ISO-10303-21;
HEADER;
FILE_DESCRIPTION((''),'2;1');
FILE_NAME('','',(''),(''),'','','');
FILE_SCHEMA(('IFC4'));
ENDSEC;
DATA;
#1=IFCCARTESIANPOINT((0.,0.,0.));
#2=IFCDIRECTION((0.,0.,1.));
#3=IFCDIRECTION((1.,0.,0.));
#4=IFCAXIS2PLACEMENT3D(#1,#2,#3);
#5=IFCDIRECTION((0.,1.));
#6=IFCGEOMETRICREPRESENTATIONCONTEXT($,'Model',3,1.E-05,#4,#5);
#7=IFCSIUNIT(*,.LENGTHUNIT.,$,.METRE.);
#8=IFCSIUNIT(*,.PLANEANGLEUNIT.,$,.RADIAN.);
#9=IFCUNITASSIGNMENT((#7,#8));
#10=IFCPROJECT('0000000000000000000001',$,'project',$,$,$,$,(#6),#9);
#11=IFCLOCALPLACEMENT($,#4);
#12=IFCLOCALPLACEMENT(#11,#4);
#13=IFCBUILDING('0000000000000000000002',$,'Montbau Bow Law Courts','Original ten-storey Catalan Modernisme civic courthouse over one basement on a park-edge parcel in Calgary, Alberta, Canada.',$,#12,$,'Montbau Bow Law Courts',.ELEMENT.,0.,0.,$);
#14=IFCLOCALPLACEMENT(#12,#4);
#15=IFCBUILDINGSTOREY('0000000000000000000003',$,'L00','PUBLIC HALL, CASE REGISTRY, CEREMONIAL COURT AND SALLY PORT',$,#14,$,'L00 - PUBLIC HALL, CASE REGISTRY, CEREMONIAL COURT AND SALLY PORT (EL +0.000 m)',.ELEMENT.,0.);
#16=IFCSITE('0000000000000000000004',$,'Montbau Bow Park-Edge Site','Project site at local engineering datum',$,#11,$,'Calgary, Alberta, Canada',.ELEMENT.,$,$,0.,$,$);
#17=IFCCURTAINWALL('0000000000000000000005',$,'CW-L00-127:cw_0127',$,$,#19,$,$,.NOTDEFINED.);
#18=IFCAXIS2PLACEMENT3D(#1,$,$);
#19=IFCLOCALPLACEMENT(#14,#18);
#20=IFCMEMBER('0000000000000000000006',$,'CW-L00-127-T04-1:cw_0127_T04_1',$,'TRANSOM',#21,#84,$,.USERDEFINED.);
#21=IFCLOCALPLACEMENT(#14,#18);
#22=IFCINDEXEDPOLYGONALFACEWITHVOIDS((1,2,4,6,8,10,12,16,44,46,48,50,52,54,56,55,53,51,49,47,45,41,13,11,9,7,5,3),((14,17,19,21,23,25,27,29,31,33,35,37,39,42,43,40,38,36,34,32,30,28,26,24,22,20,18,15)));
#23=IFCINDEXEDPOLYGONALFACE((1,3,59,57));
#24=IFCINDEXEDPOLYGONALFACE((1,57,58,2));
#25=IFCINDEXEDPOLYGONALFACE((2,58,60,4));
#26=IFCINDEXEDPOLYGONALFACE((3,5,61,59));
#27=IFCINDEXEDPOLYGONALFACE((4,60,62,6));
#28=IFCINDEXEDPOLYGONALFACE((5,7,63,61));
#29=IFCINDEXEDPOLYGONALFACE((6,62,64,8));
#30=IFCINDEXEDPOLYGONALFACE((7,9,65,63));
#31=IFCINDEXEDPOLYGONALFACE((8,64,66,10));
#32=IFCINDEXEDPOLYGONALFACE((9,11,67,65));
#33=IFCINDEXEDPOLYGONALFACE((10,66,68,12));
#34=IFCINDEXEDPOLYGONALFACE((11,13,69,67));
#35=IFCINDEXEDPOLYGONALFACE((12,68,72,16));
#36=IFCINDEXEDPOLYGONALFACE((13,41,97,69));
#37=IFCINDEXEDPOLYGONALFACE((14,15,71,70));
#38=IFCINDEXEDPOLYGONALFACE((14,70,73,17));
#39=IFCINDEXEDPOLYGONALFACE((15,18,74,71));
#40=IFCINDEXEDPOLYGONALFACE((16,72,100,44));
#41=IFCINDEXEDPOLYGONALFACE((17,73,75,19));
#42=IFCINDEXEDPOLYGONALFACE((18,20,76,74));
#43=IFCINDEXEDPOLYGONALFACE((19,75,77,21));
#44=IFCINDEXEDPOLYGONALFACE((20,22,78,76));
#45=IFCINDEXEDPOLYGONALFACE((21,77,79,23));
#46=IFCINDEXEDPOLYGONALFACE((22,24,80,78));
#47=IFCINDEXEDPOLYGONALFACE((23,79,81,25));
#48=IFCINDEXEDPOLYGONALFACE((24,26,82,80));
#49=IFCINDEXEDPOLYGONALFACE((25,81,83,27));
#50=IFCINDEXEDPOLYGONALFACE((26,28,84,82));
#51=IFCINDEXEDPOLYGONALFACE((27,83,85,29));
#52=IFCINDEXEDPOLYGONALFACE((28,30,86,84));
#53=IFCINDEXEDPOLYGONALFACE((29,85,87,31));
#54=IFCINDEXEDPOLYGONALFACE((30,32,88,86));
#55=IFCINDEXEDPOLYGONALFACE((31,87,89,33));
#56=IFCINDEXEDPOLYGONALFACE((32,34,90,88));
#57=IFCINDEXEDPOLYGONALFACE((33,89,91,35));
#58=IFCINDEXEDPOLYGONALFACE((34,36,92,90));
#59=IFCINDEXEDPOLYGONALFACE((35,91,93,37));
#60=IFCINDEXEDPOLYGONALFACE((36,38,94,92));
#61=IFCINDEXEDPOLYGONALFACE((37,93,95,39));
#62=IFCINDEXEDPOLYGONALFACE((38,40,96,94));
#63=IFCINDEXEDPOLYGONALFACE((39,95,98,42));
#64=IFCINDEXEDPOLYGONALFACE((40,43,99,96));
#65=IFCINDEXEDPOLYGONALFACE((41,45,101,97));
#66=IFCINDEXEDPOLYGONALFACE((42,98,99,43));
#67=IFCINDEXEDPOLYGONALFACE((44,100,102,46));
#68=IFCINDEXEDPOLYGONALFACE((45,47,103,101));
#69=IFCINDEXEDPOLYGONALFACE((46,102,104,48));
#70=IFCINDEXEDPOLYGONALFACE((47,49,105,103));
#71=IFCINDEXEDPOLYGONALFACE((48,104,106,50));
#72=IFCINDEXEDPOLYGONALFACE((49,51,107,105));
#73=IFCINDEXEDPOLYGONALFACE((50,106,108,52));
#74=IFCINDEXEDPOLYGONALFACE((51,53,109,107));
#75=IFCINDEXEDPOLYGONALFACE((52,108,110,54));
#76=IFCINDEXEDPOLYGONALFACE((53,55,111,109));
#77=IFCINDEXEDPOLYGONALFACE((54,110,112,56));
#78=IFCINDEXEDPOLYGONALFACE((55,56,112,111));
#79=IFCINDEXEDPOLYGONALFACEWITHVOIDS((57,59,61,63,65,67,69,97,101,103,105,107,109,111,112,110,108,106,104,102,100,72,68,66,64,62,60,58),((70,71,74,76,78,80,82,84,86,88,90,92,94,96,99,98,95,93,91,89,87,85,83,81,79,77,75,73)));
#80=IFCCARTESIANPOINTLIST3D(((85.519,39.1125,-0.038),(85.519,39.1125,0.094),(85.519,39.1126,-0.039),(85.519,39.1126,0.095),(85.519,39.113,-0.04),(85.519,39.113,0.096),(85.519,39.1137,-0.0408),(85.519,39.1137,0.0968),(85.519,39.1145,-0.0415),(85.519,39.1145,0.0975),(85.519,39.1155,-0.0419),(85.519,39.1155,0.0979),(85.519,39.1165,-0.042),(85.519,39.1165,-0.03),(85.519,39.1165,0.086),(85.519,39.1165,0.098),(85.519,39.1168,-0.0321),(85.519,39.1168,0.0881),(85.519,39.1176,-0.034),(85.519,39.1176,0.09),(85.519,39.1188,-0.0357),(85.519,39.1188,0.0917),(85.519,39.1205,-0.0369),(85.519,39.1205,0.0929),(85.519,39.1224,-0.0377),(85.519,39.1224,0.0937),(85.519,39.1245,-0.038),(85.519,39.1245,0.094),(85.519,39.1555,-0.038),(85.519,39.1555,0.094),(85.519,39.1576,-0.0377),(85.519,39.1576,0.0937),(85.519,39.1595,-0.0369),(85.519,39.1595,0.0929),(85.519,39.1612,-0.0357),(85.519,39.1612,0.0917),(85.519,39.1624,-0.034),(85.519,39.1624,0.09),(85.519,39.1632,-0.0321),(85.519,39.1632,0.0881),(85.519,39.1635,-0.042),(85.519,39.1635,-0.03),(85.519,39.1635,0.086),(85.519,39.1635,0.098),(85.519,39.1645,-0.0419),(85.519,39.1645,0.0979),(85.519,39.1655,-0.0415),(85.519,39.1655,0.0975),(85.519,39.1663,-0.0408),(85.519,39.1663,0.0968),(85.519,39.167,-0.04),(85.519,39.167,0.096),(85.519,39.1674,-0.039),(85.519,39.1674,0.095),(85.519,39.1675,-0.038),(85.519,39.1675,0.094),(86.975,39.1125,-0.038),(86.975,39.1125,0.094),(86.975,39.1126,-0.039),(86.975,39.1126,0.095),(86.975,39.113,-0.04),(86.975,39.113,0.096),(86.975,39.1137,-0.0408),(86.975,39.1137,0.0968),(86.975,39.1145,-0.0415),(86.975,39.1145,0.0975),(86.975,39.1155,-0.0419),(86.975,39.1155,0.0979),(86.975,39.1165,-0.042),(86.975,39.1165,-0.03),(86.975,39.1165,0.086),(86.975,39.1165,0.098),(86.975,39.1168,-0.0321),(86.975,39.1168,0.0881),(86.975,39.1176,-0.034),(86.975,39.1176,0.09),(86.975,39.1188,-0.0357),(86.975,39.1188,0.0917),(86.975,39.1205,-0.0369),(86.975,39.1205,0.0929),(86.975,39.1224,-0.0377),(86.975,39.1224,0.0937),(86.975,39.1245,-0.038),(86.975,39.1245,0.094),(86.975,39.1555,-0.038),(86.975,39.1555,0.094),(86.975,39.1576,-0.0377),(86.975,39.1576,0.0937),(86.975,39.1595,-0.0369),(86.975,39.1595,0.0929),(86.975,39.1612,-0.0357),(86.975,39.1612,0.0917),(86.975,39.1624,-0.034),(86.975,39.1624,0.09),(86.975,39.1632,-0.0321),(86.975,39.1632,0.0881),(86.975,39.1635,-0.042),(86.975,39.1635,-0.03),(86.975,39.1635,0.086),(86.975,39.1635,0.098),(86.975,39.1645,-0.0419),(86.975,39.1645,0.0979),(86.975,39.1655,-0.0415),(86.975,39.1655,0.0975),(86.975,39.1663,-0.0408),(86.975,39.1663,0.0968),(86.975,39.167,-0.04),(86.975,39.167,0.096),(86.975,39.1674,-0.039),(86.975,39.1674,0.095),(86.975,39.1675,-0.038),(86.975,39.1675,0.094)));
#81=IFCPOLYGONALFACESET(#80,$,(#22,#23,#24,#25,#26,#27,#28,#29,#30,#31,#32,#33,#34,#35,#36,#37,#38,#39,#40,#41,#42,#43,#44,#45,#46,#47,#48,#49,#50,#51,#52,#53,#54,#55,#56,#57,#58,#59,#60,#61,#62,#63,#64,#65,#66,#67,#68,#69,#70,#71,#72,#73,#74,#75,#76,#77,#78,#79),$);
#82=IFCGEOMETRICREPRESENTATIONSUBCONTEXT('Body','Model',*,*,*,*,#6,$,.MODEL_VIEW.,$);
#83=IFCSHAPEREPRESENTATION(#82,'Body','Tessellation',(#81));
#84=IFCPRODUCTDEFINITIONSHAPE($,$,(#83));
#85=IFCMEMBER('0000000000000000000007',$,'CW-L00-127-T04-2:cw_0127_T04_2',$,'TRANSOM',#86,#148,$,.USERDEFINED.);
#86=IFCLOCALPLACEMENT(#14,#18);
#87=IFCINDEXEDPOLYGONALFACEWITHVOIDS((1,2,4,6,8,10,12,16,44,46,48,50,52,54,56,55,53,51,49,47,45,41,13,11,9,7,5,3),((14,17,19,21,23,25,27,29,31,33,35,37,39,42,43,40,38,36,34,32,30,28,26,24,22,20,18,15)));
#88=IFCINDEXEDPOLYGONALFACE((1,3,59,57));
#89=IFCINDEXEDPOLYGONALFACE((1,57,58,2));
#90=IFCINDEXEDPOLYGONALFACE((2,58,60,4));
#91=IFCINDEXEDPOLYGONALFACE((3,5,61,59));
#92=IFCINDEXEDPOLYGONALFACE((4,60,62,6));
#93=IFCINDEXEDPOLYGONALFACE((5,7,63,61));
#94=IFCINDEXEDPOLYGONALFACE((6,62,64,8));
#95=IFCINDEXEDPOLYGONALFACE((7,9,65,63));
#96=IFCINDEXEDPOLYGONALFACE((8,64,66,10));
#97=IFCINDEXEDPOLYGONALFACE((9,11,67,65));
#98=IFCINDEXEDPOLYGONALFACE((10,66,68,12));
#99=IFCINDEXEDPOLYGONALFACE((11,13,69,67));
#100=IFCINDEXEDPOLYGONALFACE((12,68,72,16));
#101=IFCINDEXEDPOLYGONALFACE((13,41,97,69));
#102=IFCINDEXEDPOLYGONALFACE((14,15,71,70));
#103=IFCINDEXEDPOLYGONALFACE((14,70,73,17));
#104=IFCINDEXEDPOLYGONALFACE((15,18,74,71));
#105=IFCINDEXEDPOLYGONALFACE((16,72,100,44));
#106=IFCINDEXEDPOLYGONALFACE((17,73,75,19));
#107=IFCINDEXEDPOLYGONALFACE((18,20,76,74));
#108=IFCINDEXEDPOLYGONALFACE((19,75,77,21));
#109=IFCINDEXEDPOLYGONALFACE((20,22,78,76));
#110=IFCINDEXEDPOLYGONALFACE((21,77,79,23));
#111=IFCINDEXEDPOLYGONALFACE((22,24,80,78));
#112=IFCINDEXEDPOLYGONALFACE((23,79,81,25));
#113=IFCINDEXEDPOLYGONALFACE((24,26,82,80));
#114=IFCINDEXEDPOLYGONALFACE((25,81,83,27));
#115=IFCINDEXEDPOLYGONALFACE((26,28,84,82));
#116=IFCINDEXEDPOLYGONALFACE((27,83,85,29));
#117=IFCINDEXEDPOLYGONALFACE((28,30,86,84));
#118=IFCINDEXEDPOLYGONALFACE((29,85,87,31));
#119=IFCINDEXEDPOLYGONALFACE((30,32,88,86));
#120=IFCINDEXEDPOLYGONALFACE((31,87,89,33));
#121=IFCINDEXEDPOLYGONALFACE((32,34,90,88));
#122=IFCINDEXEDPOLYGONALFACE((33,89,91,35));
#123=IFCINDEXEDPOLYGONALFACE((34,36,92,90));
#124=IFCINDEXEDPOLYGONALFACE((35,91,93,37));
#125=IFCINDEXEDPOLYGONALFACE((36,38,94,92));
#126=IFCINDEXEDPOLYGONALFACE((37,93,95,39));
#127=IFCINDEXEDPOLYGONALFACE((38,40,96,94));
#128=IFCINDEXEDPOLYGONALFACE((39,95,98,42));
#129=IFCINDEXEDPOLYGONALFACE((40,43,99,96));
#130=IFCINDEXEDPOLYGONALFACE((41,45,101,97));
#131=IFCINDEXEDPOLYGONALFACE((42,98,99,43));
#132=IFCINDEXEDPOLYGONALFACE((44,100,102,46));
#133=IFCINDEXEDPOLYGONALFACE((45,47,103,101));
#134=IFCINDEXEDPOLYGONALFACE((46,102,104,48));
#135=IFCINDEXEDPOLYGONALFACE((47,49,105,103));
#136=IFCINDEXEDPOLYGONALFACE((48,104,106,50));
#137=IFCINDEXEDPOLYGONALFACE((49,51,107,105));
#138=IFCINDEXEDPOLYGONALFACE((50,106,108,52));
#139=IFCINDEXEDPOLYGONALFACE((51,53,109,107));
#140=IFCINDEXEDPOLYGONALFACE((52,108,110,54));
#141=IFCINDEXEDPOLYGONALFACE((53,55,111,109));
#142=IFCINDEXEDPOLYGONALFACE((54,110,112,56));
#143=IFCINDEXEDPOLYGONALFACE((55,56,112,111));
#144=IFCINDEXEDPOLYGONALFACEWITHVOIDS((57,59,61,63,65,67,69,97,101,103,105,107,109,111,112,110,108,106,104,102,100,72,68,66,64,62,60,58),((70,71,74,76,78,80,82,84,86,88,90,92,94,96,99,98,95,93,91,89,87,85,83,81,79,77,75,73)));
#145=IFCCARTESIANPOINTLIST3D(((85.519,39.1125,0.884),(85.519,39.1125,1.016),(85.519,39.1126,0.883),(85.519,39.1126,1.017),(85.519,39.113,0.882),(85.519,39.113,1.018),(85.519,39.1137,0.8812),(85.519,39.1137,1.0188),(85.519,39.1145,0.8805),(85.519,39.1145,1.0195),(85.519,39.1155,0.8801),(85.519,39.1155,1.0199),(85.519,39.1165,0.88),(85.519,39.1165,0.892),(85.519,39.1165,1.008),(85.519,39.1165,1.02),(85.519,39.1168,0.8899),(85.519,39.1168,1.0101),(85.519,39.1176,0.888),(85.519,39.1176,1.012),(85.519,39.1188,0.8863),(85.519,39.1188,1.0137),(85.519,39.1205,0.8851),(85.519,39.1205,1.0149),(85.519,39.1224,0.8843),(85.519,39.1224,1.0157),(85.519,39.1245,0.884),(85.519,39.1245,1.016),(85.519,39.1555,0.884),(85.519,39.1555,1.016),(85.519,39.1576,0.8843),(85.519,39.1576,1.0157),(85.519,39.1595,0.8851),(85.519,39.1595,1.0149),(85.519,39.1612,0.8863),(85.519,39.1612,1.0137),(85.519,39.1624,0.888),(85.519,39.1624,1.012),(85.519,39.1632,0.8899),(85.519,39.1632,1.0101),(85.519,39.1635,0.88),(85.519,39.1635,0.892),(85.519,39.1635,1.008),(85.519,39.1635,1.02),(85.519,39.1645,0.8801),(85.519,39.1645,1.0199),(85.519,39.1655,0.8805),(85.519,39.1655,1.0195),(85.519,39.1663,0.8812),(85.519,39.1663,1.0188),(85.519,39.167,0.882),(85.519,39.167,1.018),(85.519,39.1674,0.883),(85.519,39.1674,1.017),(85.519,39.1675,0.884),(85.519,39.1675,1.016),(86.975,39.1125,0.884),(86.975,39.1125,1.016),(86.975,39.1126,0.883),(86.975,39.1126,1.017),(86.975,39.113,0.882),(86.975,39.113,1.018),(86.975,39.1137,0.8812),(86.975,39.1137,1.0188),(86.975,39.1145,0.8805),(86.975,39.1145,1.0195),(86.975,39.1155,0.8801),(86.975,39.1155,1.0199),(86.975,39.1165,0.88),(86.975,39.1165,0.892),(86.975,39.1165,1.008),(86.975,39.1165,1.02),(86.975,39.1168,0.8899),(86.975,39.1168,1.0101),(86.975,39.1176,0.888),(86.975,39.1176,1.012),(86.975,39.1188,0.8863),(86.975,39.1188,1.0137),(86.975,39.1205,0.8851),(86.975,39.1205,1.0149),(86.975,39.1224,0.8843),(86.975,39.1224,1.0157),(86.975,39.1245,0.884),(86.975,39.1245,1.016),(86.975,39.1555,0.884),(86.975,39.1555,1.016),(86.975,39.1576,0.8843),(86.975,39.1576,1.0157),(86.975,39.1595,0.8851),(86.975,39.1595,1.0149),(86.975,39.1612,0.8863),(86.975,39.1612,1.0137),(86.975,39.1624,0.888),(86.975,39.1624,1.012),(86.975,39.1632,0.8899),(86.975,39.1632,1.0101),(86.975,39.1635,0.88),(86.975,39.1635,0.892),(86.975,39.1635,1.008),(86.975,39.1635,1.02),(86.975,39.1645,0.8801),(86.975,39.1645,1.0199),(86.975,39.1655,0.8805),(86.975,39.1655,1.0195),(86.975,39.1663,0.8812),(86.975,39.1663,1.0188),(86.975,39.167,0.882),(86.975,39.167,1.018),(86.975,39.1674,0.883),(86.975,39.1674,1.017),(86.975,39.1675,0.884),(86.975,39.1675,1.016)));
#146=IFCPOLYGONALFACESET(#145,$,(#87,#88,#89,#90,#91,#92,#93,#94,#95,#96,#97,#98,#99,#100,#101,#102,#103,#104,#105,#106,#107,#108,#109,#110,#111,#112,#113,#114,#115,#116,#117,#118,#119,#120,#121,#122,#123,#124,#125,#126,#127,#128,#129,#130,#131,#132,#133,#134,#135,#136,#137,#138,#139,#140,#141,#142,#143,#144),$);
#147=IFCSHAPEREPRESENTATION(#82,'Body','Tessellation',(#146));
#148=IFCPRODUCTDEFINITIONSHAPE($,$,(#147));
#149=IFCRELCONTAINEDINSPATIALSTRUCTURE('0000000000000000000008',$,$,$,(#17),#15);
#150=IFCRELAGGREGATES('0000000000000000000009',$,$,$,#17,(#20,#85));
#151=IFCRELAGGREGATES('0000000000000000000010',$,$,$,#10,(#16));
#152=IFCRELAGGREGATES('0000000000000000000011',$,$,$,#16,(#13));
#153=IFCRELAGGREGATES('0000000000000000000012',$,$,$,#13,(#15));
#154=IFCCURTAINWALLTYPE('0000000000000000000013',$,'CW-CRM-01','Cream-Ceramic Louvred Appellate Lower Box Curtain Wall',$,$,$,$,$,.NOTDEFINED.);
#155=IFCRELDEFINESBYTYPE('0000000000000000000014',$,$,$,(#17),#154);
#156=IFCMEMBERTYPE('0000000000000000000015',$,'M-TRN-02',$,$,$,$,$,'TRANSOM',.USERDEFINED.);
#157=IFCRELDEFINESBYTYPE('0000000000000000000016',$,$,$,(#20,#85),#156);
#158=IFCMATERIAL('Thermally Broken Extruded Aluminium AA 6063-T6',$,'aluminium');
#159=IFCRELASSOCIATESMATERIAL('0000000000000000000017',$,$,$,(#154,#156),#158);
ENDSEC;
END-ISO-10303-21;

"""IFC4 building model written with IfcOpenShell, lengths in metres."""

from ifc_helpers import new_model, si_unit, direction, frame, origin_with_axes, origin_2d_with_axis, place, context, subcontext, project, spatial, hollow_rectangle, extrude, material, material_profile, profile_set, type_object, element, aggregate, save


model = new_model("IFC4")

# Units and contexts
model_context = context("Model", 3, precision=1e-05, world=origin_with_axes(), true_north=direction((0.0, 1.0)))
body_context = subcontext(model_context, "Body", "Model", "MODEL_VIEW")
ifc_project = project(units=[si_unit("LENGTHUNIT", "METRE"), si_unit("PLANEANGLEUNIT", "RADIAN")], contexts=[model_context])

# Site, building, storey
site_placement = place(None, origin_with_axes())
site = spatial("IfcSite", under=ifc_project, at=site_placement, Name="Montbau Bow Park-Edge Site", Description="Project site at local engineering datum", LongName="Calgary, Alberta, Canada", CompositionType="ELEMENT", RefElevation=0.0)
building_placement = place(site_placement, origin_with_axes())
building = spatial("IfcBuilding", under=site, at=building_placement, Name="Montbau Bow Law Courts", Description="Original ten-storey Catalan Modernisme civic courthouse over one basement on a park-edge parcel in Calgary, Alberta, Canada.", LongName="Montbau Bow Law Courts", CompositionType="ELEMENT", ElevationOfRefHeight=0.0, ElevationOfTerrain=0.0)
storey_placement = place(building_placement, origin_with_axes())
storey = spatial("IfcBuildingStorey", under=building, at=storey_placement, Name="L00", Description="PUBLIC HALL, CASE REGISTRY, CEREMONIAL COURT AND SALLY PORT", LongName="L00 - PUBLIC HALL, CASE REGISTRY, CEREMONIAL COURT AND SALLY PORT (EL +0.000 m)", CompositionType="ELEMENT", Elevation=0.0)

# Curtain wall
ifc_material_1 = material(Name="Thermally Broken Extruded Aluminium AA 6063-T6", Category="aluminium")
curtain_wall_type = type_object("IfcCurtainWallType", Name="CW-CRM-01", Description="Cream-Ceramic Louvred Appellate Lower Box Curtain Wall", PredefinedType="NOTDEFINED", material=ifc_material_1)
curtain_wall_1_placement = place(None, frame((80.915, 39.14, 0.0), z_axis=(0.0, 0.0, 1.0), x_axis=(1.0, 0.0, 0.0)))
curtain_wall_1 = element("IfcCurtainWall", 1, at=curtain_wall_1_placement, inside=storey, type_object=curtain_wall_type, Name="CW-L00-127:cw_0127", PredefinedType="NOTDEFINED")

# Members
ifc_material_profile_1 = material_profile(ifc_material_1, hollow_rectangle(XDim=0.055, YDim=0.14, WallThickness=0.004, InnerFilletRadius=0.008, OuterFilletRadius=0.004, at=origin_2d_with_axis()), Name="CWT-140X55", Category="Main", Priority=0)
ifc_profile_set_1 = profile_set([ifc_material_profile_1], Name="Thermally Broken Extruded Aluminium AA 6063-T6")
member_type_1 = type_object("IfcMemberType", Name="M-TRN-02", ElementType="TRANSOM", PredefinedType="USERDEFINED", material=ifc_profile_set_1)
member_1_placement = place(None, frame((85.519, 39.14, 0.028), z_axis=(1.0, 0.0, 0.0), x_axis=(0.0, 1.0, 0.0)))
member_1 = element("IfcMember", 2, at=member_1_placement, type_object=member_type_1, Name="CW-L00-127-T04-1:cw_0127_T04_1", ObjectType="TRANSOM", PredefinedType="USERDEFINED", context=body_context, shape_type="SweptSolid", body=[
    extrude(hollow_rectangle(XDim=0.055, YDim=0.14, WallThickness=0.004, InnerFilletRadius=0.008, OuterFilletRadius=0.004, at=origin_2d_with_axis()), origin_with_axes(), (0.0, 0.0, 1.0), 1.456),
])
member_2_placement = place(None, frame((85.519, 39.14, 0.95), z_axis=(1.0, 0.0, 0.0), x_axis=(0.0, 1.0, 0.0)))
member_2 = element("IfcMember", 3, at=member_2_placement, type_object=member_type_1, Name="CW-L00-127-T04-2:cw_0127_T04_2", ObjectType="TRANSOM", PredefinedType="USERDEFINED", context=body_context, shape_type="SweptSolid", body=[
    extrude(hollow_rectangle(XDim=0.055, YDim=0.14, WallThickness=0.004, InnerFilletRadius=0.008, OuterFilletRadius=0.004, at=origin_2d_with_axis()), origin_with_axes(), (0.0, 0.0, 1.0), 1.456),
])

aggregate(curtain_wall_1, [member_1, member_2])

save(model, "model.ifc")
